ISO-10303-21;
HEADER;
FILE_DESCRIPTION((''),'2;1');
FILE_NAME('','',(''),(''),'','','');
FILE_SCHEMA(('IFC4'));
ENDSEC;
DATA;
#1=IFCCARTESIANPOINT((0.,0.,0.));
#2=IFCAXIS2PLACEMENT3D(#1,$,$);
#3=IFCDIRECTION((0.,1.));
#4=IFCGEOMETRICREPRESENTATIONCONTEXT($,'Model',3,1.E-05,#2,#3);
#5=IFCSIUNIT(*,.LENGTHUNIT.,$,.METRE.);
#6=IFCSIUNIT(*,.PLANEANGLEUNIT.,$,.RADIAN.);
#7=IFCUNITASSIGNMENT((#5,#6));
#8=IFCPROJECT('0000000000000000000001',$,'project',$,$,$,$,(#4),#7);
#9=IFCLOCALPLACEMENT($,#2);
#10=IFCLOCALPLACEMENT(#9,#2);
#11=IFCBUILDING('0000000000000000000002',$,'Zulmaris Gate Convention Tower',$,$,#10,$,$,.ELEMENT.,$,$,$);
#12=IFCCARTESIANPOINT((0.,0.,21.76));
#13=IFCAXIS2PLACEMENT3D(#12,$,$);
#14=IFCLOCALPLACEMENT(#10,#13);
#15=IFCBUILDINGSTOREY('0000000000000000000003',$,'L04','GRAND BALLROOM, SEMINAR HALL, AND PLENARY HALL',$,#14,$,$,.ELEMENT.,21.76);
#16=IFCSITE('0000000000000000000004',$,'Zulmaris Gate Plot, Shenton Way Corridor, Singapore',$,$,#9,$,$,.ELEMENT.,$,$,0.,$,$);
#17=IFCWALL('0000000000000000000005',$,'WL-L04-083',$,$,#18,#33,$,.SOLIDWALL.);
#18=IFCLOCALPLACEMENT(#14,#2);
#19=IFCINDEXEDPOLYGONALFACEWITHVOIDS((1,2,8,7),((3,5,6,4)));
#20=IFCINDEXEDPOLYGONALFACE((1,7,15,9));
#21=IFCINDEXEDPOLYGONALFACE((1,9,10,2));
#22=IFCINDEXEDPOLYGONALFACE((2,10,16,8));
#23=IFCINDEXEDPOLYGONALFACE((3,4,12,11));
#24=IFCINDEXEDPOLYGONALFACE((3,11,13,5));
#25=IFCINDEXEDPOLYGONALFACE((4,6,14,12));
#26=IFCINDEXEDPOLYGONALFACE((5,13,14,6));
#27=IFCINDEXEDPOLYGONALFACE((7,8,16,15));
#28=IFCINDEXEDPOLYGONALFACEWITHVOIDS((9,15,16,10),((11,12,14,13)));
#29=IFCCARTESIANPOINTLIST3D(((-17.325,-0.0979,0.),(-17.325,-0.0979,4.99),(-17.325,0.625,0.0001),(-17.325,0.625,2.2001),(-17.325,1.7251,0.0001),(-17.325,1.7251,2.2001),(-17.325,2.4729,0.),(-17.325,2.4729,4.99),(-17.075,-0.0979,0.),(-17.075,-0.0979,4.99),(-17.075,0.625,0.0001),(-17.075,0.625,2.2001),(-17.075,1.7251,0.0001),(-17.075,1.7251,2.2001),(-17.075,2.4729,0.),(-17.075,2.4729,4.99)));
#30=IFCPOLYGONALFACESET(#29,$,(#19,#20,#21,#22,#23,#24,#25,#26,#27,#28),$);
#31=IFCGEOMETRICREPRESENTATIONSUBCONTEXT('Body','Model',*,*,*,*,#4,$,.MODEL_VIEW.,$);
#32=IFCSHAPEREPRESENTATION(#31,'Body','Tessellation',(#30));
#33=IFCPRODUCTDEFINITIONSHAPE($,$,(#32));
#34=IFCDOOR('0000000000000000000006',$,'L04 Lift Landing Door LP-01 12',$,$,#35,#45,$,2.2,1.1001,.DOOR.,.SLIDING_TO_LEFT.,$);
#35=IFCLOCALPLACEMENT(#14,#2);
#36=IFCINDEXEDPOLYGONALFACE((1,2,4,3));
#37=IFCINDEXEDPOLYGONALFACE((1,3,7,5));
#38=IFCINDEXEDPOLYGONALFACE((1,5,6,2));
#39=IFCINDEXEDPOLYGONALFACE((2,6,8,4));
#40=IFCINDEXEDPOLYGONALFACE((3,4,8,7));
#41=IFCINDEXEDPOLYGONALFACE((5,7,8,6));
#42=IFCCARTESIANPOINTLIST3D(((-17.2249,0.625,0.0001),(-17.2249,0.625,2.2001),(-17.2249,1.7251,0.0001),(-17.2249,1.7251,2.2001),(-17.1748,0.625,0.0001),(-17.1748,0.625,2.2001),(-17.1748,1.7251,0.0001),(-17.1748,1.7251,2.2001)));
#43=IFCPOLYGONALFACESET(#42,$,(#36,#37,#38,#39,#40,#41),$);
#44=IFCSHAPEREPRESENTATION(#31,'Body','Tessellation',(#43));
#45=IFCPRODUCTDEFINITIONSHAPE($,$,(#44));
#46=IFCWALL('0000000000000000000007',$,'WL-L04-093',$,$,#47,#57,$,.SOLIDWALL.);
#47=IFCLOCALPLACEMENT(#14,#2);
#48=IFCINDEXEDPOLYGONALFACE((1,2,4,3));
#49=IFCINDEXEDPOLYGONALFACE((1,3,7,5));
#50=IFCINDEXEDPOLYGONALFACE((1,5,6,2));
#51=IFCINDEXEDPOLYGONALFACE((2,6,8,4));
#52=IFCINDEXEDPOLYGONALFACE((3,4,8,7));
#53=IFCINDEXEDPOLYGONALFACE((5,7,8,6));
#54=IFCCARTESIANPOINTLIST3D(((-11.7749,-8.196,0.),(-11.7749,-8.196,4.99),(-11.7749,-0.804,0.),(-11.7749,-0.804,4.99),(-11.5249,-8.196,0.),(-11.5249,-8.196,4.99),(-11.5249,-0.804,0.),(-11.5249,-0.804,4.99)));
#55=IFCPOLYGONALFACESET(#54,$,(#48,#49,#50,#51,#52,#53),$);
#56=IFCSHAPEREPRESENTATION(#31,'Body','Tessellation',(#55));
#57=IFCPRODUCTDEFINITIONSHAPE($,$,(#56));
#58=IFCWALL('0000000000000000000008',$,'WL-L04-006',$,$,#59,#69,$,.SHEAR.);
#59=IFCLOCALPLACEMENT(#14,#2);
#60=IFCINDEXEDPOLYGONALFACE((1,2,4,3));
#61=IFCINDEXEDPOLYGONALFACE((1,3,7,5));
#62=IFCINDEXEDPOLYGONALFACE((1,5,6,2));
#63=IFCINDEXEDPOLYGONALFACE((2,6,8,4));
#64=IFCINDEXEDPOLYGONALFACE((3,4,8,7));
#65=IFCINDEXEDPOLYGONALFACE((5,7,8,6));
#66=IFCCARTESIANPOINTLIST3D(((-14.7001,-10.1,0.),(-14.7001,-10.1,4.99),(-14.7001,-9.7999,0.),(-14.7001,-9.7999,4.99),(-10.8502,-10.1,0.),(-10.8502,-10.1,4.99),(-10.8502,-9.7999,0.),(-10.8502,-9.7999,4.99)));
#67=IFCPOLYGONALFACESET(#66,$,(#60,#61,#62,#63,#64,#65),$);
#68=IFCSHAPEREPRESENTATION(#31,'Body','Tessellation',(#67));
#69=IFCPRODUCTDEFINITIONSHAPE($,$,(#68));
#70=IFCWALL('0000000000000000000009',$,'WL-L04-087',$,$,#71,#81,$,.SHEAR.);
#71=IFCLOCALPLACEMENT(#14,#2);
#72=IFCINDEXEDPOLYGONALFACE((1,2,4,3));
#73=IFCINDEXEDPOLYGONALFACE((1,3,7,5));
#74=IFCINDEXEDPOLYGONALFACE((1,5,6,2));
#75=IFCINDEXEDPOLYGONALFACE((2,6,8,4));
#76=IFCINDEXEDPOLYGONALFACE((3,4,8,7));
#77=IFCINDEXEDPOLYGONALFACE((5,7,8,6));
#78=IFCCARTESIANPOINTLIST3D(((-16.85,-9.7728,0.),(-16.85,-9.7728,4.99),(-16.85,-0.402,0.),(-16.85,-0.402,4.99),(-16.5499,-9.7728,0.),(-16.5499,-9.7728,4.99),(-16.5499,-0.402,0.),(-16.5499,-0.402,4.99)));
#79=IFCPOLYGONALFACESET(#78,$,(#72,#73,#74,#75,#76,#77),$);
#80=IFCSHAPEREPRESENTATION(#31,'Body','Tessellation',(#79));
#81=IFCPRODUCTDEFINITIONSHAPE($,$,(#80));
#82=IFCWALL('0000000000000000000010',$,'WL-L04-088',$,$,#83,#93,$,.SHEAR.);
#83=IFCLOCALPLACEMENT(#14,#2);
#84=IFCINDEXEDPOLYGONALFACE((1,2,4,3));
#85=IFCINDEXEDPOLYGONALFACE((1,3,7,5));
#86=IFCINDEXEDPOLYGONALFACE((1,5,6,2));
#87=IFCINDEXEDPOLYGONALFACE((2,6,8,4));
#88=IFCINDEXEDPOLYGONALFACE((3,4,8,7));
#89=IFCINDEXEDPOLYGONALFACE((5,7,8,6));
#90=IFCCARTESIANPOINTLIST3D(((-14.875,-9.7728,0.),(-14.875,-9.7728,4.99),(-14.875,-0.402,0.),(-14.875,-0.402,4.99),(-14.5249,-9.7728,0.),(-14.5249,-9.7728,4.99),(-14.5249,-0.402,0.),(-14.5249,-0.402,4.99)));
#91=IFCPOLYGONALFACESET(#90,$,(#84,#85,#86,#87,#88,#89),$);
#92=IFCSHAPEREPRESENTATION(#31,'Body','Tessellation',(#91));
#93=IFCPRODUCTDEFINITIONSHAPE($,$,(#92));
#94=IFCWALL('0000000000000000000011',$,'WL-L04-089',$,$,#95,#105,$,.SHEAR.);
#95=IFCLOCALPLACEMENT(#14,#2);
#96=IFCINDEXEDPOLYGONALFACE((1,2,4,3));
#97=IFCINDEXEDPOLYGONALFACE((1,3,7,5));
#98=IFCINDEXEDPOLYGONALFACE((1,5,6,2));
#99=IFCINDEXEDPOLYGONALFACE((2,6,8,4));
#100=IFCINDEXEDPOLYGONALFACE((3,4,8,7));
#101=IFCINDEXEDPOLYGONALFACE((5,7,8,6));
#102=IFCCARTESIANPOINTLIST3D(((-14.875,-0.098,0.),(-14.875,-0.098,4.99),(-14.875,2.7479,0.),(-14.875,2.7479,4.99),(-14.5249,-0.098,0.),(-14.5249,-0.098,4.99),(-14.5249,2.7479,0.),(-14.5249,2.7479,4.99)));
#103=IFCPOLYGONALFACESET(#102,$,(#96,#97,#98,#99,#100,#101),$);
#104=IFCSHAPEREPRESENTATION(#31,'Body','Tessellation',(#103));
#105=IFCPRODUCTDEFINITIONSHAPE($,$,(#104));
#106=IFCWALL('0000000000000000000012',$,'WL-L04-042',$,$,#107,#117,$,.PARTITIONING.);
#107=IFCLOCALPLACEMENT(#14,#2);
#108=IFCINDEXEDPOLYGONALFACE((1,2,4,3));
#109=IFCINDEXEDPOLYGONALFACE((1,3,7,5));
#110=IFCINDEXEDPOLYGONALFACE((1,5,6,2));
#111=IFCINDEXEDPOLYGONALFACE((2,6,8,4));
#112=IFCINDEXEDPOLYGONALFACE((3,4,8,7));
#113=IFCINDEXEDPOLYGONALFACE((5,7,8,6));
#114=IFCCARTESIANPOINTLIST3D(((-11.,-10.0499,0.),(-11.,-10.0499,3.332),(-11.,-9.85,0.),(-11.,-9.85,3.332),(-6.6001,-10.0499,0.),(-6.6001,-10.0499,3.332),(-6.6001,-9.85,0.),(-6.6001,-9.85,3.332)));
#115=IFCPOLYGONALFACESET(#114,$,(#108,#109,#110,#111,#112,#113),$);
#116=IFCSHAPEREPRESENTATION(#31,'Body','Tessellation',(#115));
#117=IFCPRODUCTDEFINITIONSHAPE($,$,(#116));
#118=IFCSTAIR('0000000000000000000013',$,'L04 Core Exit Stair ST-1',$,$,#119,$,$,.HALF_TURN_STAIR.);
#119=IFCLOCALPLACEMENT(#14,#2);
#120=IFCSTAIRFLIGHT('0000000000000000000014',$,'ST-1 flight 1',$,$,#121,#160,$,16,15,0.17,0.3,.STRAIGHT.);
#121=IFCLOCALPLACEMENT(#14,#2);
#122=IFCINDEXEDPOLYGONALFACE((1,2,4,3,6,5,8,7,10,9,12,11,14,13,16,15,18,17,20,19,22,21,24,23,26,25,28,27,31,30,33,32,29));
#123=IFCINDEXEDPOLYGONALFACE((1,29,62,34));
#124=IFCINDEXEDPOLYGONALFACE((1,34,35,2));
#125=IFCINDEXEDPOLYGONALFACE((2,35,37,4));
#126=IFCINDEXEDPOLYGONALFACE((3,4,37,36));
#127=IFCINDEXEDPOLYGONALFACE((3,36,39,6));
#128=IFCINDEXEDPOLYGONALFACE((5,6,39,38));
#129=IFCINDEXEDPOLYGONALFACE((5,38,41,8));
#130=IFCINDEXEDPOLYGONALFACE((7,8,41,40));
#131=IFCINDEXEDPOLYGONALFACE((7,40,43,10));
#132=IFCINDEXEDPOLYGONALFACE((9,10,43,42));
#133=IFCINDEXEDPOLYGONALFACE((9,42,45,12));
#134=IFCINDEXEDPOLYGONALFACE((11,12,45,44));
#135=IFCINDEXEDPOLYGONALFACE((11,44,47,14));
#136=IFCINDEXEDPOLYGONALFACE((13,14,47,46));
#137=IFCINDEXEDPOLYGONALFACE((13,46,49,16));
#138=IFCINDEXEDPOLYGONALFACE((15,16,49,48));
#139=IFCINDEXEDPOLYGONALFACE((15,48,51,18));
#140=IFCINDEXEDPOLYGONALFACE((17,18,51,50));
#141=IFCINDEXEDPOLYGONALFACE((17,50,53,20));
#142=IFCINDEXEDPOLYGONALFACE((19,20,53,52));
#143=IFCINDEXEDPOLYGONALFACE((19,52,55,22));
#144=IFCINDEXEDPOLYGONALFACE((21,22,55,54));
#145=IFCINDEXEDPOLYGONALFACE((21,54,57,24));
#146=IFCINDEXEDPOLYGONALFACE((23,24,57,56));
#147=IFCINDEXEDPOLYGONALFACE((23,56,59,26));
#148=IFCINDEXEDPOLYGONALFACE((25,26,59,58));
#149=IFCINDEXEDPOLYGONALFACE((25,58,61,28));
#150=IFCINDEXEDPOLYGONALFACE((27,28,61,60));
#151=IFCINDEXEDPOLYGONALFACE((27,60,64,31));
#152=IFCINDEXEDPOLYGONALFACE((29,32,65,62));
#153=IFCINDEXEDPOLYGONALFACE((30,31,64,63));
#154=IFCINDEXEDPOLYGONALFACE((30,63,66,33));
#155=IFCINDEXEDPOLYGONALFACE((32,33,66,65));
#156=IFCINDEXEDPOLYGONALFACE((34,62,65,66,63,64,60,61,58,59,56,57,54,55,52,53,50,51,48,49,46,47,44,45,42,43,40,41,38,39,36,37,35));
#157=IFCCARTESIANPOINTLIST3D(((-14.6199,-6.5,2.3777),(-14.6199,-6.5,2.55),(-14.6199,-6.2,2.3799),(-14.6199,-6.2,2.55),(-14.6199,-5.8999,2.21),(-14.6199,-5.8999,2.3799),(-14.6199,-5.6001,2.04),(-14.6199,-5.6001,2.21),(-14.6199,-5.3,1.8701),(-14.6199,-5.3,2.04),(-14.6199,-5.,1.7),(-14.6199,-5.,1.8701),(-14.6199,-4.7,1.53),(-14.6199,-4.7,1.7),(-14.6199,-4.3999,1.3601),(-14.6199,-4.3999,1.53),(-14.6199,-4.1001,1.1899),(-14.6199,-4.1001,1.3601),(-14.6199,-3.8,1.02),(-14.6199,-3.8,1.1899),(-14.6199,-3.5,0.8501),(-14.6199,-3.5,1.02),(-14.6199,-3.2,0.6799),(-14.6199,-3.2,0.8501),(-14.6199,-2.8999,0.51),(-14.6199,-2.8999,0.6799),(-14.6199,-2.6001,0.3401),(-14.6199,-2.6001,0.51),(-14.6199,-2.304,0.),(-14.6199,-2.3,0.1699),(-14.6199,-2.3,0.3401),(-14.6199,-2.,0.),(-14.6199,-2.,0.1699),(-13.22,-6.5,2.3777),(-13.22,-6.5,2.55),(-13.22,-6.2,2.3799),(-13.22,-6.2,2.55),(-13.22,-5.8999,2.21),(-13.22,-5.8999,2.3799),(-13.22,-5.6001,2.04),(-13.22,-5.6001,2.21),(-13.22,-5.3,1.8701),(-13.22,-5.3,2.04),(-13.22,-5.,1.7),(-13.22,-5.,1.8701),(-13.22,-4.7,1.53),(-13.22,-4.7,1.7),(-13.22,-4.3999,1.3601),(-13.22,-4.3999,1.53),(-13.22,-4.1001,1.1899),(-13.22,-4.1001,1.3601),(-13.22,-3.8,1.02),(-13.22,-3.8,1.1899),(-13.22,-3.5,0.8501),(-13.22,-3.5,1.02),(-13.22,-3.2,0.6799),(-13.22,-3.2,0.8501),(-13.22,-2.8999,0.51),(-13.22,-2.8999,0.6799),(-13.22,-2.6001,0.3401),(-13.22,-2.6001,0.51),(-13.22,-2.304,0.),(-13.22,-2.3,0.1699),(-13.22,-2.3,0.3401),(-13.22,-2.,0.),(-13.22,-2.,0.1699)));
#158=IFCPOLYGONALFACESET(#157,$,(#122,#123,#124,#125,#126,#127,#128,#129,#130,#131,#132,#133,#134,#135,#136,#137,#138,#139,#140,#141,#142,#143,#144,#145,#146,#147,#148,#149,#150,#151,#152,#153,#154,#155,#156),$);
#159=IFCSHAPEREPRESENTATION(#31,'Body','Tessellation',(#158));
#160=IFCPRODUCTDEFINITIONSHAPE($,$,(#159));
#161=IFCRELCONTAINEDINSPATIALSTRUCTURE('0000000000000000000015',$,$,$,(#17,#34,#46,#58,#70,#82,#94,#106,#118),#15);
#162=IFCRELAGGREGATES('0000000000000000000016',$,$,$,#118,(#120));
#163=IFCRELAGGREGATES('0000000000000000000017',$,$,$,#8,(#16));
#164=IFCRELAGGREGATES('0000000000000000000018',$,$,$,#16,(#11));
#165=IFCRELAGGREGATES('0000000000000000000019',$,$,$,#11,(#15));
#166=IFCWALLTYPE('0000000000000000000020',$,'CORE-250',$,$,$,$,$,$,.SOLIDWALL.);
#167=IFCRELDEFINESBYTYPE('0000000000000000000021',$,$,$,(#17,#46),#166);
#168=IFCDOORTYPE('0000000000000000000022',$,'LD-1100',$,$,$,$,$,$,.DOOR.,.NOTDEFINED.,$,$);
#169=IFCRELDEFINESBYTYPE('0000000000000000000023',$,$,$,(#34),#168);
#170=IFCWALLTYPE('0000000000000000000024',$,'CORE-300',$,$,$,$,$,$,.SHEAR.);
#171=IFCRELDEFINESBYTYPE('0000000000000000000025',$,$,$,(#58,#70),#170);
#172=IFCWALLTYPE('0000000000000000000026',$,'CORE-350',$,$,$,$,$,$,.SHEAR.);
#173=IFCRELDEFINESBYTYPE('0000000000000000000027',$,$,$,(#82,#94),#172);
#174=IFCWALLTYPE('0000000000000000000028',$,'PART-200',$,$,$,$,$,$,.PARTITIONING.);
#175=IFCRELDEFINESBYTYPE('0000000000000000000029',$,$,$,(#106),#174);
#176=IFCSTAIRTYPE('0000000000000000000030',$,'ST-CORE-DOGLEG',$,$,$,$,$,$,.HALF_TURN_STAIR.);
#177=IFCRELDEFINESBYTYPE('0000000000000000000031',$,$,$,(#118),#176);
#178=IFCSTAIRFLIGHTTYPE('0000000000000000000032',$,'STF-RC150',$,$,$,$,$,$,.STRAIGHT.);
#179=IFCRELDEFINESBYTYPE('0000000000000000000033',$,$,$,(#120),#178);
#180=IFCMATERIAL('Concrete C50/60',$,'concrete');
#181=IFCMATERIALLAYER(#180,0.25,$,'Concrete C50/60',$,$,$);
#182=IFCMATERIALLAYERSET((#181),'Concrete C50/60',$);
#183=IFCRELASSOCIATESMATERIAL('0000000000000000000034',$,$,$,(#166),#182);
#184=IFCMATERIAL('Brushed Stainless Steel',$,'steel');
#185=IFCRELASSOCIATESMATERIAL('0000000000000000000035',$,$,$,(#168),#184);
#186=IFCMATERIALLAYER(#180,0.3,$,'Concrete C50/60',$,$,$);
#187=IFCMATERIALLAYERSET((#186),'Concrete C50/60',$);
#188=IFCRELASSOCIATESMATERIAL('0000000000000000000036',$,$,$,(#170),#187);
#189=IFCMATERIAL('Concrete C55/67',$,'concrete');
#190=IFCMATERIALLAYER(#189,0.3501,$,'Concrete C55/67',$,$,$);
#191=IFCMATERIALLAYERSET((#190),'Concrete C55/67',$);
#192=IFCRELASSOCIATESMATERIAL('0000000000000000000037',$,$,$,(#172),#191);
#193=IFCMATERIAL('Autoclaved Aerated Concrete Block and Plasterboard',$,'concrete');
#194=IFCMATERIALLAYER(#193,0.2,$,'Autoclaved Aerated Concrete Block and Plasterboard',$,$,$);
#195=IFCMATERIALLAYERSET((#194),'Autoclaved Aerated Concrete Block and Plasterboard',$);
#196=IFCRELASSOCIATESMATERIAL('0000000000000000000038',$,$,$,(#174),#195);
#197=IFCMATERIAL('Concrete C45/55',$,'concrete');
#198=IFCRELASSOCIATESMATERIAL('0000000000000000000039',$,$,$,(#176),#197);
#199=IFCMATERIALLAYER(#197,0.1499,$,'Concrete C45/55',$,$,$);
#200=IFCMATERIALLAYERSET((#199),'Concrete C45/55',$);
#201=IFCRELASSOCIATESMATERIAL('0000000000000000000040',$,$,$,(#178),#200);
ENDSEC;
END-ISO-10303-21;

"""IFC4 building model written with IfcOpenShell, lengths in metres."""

from ifc_helpers import new_model, si_unit, direction, frame, frame_2d, origin, place, context, subcontext, project, spatial, polyline, rectangle, outline, extrude, material, layer, layer_set, type_object, element, fill, aggregate, save


model = new_model("IFC4")

# Units and contexts
model_context = context("Model", 3, precision=1e-05, world=origin(), true_north=direction((0.0, 1.0)))
body_context = subcontext(model_context, "Body", "Model", "MODEL_VIEW")
ifc_project = project(units=[si_unit("LENGTHUNIT", "METRE"), si_unit("PLANEANGLEUNIT", "RADIAN")], contexts=[model_context])

# Site, building, storey
site_placement = place(None, origin())
site = spatial("IfcSite", under=ifc_project, at=site_placement, Name="Zulmaris Gate Plot, Shenton Way Corridor, Singapore", CompositionType="ELEMENT", RefElevation=0.0)
building_placement = place(site_placement, origin())
building = spatial("IfcBuilding", under=site, at=building_placement, Name="Zulmaris Gate Convention Tower", CompositionType="ELEMENT")
storey_placement = place(building_placement, frame((0.0, 0.0, 21.76)))
storey = spatial("IfcBuildingStorey", under=building, at=storey_placement, Name="L04", Description="GRAND BALLROOM, SEMINAR HALL, AND PLENARY HALL", CompositionType="ELEMENT", Elevation=21.76)

# Wall, opening, door
ifc_material_1 = material(Name="Concrete C50/60", Category="concrete")
ifc_layer_1 = layer(ifc_material_1, 0.25, Name="Concrete C50/60")
ifc_layer_set_1 = layer_set([ifc_layer_1], Name="Concrete C50/60")
wall_type_1 = type_object("IfcWallType", Name="CORE-250", PredefinedType="SOLIDWALL", material=ifc_layer_set_1)
wall_1_placement = place(storey_placement, frame((-17.2, -0.0979, 0.0), z_axis=(0.0, 0.0, 1.0), x_axis=(0.0, 1.0, 0.0)))
wall_1 = element("IfcWall", 1, at=wall_1_placement, inside=storey, type_object=wall_type_1, Name="WL-L04-083", PredefinedType="SOLIDWALL", context=body_context, shape_type="SweptSolid", body=[
    extrude(rectangle(XDim=2.5708, YDim=0.25, at=frame_2d((1.2854, 0.0))), origin(), (0.0, 0.0, 1.0), 4.99),
])
opening_placement = place(wall_1_placement, frame((0.7229, 0.0, 0.0)))
opening = element("IfcOpeningElement", 2, at=opening_placement, cuts=wall_1, PredefinedType="OPENING", context=body_context, shape_type="SweptSolid", body=[
    extrude(rectangle(XDim=1.1001, YDim=2.2, at=frame_2d((0.55, 1.1001))), frame((0.0, 0.135, 0.0), z_axis=(0.0, -1.0, 0.0), x_axis=(1.0, 0.0, 0.0)), (0.0, 0.0, 1.0), 0.27),
])
ifc_material_2 = material(Name="Brushed Stainless Steel", Category="steel")
door_type = type_object("IfcDoorType", Name="LD-1100", OperationType="NOTDEFINED", PredefinedType="DOOR", material=ifc_material_2)
door_placement = place(opening_placement, origin())
door = element("IfcDoor", 3, at=door_placement, inside=storey, type_object=door_type, Name="L04 Lift Landing Door LP-01 12", OperationType="SLIDING_TO_LEFT", OverallHeight=2.2, OverallWidth=1.1001, PredefinedType="DOOR", context=body_context, shape_type="SweptSolid", body=[
    extrude(rectangle(XDim=1.1001, YDim=2.2, at=frame_2d((0.55, 1.1001))), frame((0.0, 0.0249, 0.0), z_axis=(0.0, -1.0, 0.0), x_axis=(1.0, 0.0, 0.0)), (0.0, 0.0, 1.0), 0.05),
])
fill(opening, door)

# Walls
wall_2_placement = place(storey_placement, frame((-11.6499, -8.196, 0.0), z_axis=(0.0, 0.0, 1.0), x_axis=(0.0, 1.0, 0.0)))
element("IfcWall", 4, at=wall_2_placement, inside=storey, type_object=wall_type_1, Name="WL-L04-093", PredefinedType="SOLIDWALL", context=body_context, shape_type="SweptSolid", body=[
    extrude(rectangle(XDim=7.3921, YDim=0.25, at=frame_2d((3.696, 0.0))), origin(), (0.0, 0.0, 1.0), 4.99),
])
ifc_layer_2 = layer(ifc_material_1, 0.3, Name="Concrete C50/60")
ifc_layer_set_2 = layer_set([ifc_layer_2], Name="Concrete C50/60")
wall_type_2 = type_object("IfcWallType", Name="CORE-300", PredefinedType="SHEAR", material=ifc_layer_set_2)
wall_3_placement = place(storey_placement, frame((-14.7, -9.95, 0.0), z_axis=(0.0, 0.0, 1.0), x_axis=(1.0, 0.0, 0.0)))
element("IfcWall", 5, at=wall_3_placement, inside=storey, type_object=wall_type_2, Name="WL-L04-006", PredefinedType="SHEAR", context=body_context, shape_type="SweptSolid", body=[
    extrude(rectangle(XDim=3.8499, YDim=0.3, at=frame_2d((1.9248, 0.0))), origin(), (0.0, 0.0, 1.0), 4.99),
])
wall_4_placement = place(storey_placement, frame((-16.7, -9.7729, 0.0), z_axis=(0.0, 0.0, 1.0), x_axis=(0.0, 1.0, 0.0)))
element("IfcWall", 6, at=wall_4_placement, inside=storey, type_object=wall_type_2, Name="WL-L04-087", PredefinedType="SHEAR", context=body_context, shape_type="SweptSolid", body=[
    extrude(rectangle(XDim=9.3708, YDim=0.3, at=frame_2d((4.6855, 0.0))), origin(), (0.0, 0.0, 1.0), 4.99),
])
ifc_material_3 = material(Name="Concrete C55/67", Category="concrete")
ifc_layer_3 = layer(ifc_material_3, 0.3501, Name="Concrete C55/67")
ifc_layer_set_3 = layer_set([ifc_layer_3], Name="Concrete C55/67")
wall_type_3 = type_object("IfcWallType", Name="CORE-350", PredefinedType="SHEAR", material=ifc_layer_set_3)
wall_5_placement = place(storey_placement, frame((-14.7, -9.7729, 0.0), z_axis=(0.0, 0.0, 1.0), x_axis=(0.0, 1.0, 0.0)))
element("IfcWall", 7, at=wall_5_placement, inside=storey, type_object=wall_type_3, Name="WL-L04-088", PredefinedType="SHEAR", context=body_context, shape_type="SweptSolid", body=[
    extrude(rectangle(XDim=9.3708, YDim=0.3501, at=frame_2d((4.6855, 0.0))), origin(), (0.0, 0.0, 1.0), 4.99),
])
wall_6_placement = place(storey_placement, frame((-14.7, -0.0979, 0.0), z_axis=(0.0, 0.0, 1.0), x_axis=(0.0, 1.0, 0.0)))
element("IfcWall", 8, at=wall_6_placement, inside=storey, type_object=wall_type_3, Name="WL-L04-089", PredefinedType="SHEAR", context=body_context, shape_type="SweptSolid", body=[
    extrude(rectangle(XDim=2.8459, YDim=0.3501, at=frame_2d((1.4229, 0.0))), origin(), (0.0, 0.0, 1.0), 4.99),
])
ifc_material_4 = material(Name="Autoclaved Aerated Concrete Block and Plasterboard", Category="concrete")
ifc_layer_4 = layer(ifc_material_4, 0.2, Name="Autoclaved Aerated Concrete Block and Plasterboard")
ifc_layer_set_4 = layer_set([ifc_layer_4], Name="Autoclaved Aerated Concrete Block and Plasterboard")
wall_type_4 = type_object("IfcWallType", Name="PART-200", PredefinedType="PARTITIONING", material=ifc_layer_set_4)
wall_7_placement = place(storey_placement, frame((-11.0, -9.95, 0.0), z_axis=(0.0, 0.0, 1.0), x_axis=(1.0, 0.0, 0.0)))
element("IfcWall", 9, at=wall_7_placement, inside=storey, type_object=wall_type_4, Name="WL-L04-042", PredefinedType="PARTITIONING", context=body_context, shape_type="SweptSolid", body=[
    extrude(rectangle(XDim=4.3999, YDim=0.2, at=frame_2d((2.2, 0.0))), origin(), (0.0, 0.0, 1.0), 3.332),
])

# Stair, stair flight
ifc_material_5 = material(Name="Concrete C45/55", Category="concrete")
stair_type = type_object("IfcStairType", Name="ST-CORE-DOGLEG", PredefinedType="HALF_TURN_STAIR", material=ifc_material_5)
stair_1_placement = place(storey_placement, origin())
stair_1 = element("IfcStair", 10, at=stair_1_placement, inside=storey, type_object=stair_type, Name="L04 Core Exit Stair ST-1", PredefinedType="HALF_TURN_STAIR")
ifc_layer_5 = layer(ifc_material_5, 0.1499, Name="Concrete C45/55")
ifc_layer_set_5 = layer_set([ifc_layer_5], Name="Concrete C45/55")
stair_flight_type = type_object("IfcStairFlightType", Name="STF-RC150", PredefinedType="STRAIGHT", material=ifc_layer_set_5)
stair_flight_1_placement = place(storey_placement, frame((-13.9199, -2.0, 0.0), z_axis=(0.0, 0.0, 1.0), x_axis=(0.0, -1.0, 0.0)))
stair_flight_1 = element("IfcStairFlight", 11, at=stair_flight_1_placement, type_object=stair_flight_type, Name="ST-1 flight 1", NumberOfRisers=16, NumberOfTreads=15, PredefinedType="STRAIGHT", RiserHeight=0.17, TreadLength=0.3, context=body_context, shape_type="SweptSolid", body=[
    extrude(outline(polyline([(0.0, 0.0), (0.0, 0.1699), (0.3, 0.1699), (0.3, 0.3401), (0.6001, 0.3401), (0.6001, 0.51), (0.8999, 0.51), (0.8999, 0.6799), (1.2, 0.6799), (1.2, 0.8501), (1.5, 0.8501), (1.5, 1.02), (1.8, 1.02), (1.8, 1.1899), (2.1001, 1.1899), (2.1001, 1.3601), (2.3999, 1.3601), (2.3999, 1.53), (2.7, 1.53), (2.7, 1.7), (3.0, 1.7), (3.0, 1.8701), (3.3, 1.8701), (3.3, 2.04), (3.6001, 2.04), (3.6001, 2.21), (3.8999, 2.21), (3.8999, 2.3799), (4.2, 2.3799), (4.2, 2.55), (4.5, 2.55), (4.5, 2.72), (4.5, 2.3777), (0.304, 0.0), (0.0, 0.0)])), frame((0.0, 0.7, 0.0), z_axis=(0.0, -1.0, 0.0), x_axis=(1.0, 0.0, 0.0)), (0.0, 0.0, 1.0), 1.3999),
])
aggregate(stair_1, [stair_flight_1])

save(model, "model.ifc")
